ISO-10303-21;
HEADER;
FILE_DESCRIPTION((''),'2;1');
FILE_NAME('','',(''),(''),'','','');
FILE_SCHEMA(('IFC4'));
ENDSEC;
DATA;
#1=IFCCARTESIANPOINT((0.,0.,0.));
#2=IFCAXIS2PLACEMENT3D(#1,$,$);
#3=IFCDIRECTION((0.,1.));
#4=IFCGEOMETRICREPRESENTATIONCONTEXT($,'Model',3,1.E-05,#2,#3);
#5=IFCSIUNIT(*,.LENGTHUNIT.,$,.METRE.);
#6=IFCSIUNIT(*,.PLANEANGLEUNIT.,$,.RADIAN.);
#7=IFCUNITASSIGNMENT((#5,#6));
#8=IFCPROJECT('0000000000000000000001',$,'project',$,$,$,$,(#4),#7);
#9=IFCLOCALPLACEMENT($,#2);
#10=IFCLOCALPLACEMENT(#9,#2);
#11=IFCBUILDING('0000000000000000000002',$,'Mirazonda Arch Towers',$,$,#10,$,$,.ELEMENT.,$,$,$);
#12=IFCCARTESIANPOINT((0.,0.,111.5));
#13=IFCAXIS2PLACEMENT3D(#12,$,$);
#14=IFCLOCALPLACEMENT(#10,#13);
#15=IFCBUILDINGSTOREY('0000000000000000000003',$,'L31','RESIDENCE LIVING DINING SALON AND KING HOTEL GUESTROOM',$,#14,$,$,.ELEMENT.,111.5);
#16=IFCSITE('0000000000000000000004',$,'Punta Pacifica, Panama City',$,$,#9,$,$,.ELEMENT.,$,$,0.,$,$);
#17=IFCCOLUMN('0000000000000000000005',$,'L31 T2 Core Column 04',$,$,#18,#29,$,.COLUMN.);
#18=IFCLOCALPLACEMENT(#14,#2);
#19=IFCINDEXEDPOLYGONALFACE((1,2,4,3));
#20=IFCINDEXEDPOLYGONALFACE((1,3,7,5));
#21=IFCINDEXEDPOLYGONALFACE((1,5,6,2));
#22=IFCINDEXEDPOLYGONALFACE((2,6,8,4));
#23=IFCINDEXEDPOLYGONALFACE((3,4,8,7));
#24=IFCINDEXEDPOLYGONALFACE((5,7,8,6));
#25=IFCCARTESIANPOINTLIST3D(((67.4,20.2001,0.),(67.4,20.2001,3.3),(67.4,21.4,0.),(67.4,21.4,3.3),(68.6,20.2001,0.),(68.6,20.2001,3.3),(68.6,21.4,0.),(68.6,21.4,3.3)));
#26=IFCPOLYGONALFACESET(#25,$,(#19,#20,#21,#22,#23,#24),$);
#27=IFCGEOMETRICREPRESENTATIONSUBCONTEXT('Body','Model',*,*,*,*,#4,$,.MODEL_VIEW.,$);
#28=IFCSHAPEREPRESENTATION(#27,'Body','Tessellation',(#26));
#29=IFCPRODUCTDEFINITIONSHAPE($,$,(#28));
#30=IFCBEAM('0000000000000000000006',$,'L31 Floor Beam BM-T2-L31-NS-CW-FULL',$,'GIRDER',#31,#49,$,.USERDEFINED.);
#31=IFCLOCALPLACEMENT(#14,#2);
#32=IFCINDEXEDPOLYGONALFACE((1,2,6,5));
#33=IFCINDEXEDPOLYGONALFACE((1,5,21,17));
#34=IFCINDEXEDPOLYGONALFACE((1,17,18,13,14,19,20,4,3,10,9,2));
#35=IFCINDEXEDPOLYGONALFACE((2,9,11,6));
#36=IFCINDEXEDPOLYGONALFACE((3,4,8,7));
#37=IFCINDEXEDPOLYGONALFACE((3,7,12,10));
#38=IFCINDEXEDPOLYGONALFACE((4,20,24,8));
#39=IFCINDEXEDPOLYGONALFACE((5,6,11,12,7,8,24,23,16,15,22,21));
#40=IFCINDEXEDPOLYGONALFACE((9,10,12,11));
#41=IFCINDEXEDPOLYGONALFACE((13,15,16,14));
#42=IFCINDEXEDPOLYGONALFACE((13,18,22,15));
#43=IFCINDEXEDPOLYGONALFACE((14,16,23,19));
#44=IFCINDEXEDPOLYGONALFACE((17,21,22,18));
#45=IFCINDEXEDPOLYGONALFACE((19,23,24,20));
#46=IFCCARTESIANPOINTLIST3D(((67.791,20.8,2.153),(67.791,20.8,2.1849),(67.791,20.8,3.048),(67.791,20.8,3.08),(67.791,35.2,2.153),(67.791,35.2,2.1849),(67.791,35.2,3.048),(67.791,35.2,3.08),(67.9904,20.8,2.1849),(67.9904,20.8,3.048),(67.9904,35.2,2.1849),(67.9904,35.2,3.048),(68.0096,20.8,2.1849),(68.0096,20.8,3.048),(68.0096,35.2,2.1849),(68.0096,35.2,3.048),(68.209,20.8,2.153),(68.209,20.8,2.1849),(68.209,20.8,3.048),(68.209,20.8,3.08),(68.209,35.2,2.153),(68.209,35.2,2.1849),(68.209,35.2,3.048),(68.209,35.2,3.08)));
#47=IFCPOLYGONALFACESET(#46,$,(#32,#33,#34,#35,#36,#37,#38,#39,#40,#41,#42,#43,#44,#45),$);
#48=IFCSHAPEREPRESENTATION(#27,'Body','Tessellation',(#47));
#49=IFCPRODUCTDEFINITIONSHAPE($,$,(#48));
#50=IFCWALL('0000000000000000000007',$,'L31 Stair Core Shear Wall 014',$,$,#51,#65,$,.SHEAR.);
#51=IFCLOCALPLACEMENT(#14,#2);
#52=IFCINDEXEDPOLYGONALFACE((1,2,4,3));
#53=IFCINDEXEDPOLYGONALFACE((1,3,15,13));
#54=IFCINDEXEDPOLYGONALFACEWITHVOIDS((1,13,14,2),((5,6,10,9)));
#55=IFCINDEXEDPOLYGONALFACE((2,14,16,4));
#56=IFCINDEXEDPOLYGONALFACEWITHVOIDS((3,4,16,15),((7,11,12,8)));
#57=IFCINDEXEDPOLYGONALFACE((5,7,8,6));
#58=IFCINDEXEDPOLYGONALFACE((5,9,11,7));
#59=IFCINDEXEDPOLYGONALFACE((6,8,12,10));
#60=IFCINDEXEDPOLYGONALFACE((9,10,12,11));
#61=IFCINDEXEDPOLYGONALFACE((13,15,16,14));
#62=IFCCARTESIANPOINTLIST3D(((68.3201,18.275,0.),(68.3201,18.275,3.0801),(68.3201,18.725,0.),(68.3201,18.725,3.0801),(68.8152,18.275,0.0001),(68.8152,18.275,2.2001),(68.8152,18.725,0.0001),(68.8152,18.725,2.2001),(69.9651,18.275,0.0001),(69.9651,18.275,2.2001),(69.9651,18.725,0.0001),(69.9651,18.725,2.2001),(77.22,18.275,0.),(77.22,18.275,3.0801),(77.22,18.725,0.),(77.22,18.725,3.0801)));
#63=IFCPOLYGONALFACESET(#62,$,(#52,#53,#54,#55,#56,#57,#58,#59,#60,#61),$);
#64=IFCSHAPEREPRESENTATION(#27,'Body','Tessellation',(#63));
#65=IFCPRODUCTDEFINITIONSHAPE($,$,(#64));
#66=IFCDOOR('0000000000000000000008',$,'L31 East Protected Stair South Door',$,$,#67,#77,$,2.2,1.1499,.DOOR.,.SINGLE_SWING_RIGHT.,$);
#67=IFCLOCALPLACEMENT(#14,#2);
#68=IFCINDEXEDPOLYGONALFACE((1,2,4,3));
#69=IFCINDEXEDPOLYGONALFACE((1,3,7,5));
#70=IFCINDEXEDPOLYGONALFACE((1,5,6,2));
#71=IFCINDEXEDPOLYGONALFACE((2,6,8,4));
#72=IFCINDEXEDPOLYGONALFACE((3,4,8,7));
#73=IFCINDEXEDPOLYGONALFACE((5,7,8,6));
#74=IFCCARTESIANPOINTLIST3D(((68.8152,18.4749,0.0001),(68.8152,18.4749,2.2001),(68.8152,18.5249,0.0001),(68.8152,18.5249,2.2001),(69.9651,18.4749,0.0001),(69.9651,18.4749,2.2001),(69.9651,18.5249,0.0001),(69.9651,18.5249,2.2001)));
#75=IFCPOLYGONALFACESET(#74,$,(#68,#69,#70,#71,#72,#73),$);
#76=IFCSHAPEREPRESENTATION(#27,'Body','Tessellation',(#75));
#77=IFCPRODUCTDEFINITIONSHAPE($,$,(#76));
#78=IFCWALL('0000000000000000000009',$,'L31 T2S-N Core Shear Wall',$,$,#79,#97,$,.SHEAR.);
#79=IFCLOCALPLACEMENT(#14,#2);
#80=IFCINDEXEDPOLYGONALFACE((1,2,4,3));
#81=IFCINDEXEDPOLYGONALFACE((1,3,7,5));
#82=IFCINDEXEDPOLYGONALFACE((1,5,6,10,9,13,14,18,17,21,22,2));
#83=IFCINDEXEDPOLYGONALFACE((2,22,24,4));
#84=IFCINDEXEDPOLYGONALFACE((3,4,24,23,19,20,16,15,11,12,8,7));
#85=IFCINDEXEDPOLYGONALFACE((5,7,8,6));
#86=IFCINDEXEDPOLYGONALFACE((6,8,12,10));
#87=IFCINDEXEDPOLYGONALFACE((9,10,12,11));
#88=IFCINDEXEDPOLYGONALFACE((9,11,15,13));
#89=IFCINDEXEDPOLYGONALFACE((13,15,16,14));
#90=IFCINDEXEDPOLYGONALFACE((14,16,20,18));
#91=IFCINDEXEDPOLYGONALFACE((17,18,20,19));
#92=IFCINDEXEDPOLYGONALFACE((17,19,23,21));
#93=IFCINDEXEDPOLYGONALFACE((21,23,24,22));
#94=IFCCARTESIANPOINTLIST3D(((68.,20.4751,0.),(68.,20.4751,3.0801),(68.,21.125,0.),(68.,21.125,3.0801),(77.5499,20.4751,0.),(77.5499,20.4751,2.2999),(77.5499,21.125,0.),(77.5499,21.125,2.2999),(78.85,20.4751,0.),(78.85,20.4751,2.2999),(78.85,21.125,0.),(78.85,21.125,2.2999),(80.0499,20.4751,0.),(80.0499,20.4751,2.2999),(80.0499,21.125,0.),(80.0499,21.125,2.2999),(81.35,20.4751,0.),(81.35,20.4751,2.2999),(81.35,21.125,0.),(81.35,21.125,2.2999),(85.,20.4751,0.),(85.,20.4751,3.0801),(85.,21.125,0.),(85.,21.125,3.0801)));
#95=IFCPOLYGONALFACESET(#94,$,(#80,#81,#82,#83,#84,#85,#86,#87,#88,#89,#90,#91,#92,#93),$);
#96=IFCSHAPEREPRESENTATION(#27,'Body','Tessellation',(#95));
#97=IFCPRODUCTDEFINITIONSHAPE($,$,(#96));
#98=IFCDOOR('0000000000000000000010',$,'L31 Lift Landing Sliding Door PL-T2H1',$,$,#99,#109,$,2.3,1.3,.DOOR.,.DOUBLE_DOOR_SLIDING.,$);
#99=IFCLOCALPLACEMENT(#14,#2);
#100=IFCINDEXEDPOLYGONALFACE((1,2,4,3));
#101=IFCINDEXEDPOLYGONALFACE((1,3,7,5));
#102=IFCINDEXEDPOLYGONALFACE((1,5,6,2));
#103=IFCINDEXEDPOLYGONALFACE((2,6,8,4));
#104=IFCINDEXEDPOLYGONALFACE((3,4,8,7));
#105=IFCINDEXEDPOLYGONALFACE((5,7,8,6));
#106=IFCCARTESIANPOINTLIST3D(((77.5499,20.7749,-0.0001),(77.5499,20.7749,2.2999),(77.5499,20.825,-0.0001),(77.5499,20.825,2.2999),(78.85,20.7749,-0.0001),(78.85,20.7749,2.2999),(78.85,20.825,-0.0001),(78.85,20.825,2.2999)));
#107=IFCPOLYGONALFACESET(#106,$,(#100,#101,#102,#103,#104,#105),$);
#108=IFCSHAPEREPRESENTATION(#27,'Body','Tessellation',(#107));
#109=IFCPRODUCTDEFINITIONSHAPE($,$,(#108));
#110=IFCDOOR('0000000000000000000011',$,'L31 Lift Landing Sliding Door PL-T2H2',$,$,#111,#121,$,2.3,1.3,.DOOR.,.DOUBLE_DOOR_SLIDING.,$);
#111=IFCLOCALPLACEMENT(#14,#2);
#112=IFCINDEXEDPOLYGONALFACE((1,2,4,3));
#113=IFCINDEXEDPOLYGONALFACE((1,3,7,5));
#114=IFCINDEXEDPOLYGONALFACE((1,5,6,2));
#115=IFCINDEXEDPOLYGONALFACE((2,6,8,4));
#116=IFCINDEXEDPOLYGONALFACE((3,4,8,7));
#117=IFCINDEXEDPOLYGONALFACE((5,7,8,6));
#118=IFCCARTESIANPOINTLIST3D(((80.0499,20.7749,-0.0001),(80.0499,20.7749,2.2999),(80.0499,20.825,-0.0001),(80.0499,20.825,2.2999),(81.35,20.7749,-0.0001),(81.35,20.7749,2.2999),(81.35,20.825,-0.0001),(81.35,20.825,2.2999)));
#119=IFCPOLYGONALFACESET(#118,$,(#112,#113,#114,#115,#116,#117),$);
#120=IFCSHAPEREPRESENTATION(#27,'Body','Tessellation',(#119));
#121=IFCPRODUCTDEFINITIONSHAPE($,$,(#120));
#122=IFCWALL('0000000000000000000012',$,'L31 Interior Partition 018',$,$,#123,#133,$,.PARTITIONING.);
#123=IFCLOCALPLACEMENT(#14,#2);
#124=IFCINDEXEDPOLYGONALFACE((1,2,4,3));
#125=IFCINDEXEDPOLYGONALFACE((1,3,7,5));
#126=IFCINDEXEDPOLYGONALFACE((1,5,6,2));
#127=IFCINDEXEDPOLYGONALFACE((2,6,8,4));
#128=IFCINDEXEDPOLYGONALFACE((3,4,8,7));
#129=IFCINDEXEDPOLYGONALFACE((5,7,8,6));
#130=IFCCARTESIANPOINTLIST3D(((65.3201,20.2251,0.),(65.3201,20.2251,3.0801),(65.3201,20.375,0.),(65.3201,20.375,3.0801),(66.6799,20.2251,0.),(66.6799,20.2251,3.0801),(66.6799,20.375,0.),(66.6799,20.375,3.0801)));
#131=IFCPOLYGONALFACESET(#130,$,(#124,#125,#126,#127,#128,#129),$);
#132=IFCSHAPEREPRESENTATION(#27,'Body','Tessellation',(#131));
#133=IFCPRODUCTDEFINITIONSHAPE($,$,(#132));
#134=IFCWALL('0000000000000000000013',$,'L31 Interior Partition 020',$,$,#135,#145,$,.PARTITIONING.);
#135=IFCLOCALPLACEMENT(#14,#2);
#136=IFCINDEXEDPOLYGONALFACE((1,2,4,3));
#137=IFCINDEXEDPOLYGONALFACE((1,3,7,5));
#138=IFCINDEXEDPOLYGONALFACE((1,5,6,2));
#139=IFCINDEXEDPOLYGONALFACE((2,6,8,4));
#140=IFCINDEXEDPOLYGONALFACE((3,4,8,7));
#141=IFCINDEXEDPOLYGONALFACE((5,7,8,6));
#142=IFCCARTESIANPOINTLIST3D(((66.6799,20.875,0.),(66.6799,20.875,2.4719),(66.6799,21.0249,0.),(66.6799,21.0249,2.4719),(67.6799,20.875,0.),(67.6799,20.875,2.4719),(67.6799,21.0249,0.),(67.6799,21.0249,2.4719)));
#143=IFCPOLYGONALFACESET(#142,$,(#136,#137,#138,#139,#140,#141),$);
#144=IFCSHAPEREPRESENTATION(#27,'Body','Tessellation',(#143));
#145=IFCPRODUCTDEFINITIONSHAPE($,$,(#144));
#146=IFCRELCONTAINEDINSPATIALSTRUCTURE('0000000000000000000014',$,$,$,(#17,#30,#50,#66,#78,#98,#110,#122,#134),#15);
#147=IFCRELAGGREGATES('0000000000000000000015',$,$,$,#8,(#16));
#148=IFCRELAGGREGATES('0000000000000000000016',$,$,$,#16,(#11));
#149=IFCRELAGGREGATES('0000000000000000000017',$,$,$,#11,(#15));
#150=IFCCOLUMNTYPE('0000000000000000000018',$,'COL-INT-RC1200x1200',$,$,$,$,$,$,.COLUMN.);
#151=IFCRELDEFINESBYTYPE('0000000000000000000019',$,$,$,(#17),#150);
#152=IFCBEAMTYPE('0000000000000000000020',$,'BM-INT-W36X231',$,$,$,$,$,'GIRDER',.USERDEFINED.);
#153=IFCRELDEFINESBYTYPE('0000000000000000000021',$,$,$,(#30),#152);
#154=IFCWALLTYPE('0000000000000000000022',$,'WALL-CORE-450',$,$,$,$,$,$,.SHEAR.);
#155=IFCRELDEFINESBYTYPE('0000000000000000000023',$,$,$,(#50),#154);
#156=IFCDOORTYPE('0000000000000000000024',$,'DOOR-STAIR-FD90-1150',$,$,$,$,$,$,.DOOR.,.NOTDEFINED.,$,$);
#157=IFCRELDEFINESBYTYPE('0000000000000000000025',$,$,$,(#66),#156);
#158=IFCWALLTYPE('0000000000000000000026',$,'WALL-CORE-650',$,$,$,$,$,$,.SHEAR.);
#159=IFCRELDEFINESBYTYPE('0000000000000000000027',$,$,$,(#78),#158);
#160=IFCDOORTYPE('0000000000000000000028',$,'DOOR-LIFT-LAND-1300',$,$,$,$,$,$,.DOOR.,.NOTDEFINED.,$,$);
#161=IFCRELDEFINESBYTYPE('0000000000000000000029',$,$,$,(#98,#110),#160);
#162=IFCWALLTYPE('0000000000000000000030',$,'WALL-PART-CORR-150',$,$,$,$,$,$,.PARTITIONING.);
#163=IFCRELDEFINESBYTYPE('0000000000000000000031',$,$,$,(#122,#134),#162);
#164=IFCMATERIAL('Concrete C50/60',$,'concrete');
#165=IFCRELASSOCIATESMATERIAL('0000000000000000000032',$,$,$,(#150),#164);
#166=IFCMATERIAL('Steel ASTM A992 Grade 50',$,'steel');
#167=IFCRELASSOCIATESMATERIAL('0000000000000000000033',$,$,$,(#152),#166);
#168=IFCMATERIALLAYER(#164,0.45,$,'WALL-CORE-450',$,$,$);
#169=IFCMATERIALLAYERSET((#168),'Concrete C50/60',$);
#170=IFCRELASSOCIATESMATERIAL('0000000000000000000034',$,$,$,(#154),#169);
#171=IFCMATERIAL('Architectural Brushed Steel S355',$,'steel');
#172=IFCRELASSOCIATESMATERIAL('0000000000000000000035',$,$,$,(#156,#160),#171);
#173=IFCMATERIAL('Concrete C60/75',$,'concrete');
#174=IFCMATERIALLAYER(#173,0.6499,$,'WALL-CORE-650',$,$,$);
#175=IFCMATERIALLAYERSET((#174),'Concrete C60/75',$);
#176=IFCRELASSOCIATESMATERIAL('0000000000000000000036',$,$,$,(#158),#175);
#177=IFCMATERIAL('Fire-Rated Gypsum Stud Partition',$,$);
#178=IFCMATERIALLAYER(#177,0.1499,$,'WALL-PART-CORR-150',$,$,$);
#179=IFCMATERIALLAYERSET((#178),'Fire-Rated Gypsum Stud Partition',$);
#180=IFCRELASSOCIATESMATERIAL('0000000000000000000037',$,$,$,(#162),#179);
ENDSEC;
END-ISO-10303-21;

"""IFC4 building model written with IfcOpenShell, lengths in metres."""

from ifc_helpers import new_model, si_unit, direction, frame, frame_2d, origin, origin_2d, place, context, subcontext, project, spatial, rectangle, i_section, extrude, material, layer, layer_set, material_profile, profile_set, type_object, element, fill, save


model = new_model("IFC4")

# Units and contexts
model_context = context("Model", 3, precision=1e-05, world=origin(), true_north=direction((0.0, 1.0)))
body_context = subcontext(model_context, "Body", "Model", "MODEL_VIEW")
ifc_project = project(units=[si_unit("LENGTHUNIT", "METRE"), si_unit("PLANEANGLEUNIT", "RADIAN")], contexts=[model_context])

# Site, building, storey
site_placement = place(None, origin())
site = spatial("IfcSite", under=ifc_project, at=site_placement, Name="Punta Pacifica, Panama City", CompositionType="ELEMENT", RefElevation=0.0)
building_placement = place(site_placement, origin())
building = spatial("IfcBuilding", under=site, at=building_placement, Name="Mirazonda Arch Towers", CompositionType="ELEMENT")
storey_placement = place(building_placement, frame((0.0, 0.0, 111.5)))
storey = spatial("IfcBuildingStorey", under=building, at=storey_placement, Name="L31", Description="RESIDENCE LIVING DINING SALON AND KING HOTEL GUESTROOM", CompositionType="ELEMENT", Elevation=111.5)

# Column
ifc_material_1 = material(Name="Concrete C50/60", Category="concrete")
ifc_material_profile_1 = material_profile(ifc_material_1, rectangle(XDim=1.2, YDim=1.2, at=origin_2d()), Name="RC1200x1200")
ifc_profile_set_1 = profile_set([ifc_material_profile_1], Name="Concrete C50/60")
column_type = type_object("IfcColumnType", Name="COL-INT-RC1200x1200", PredefinedType="COLUMN", material=ifc_profile_set_1)
column_placement = place(storey_placement, frame((68.0, 20.8, 0.0), z_axis=(0.0, 0.0, 1.0), x_axis=(1.0, 0.0, 0.0)))
element("IfcColumn", 1, at=column_placement, inside=storey, type_object=column_type, Name="L31 T2 Core Column 04", PredefinedType="COLUMN", context=body_context, shape_type="SweptSolid", body=[
    extrude(rectangle(XDim=1.2, YDim=1.2, at=origin_2d()), origin(), (0.0, 0.0, 1.0), 3.3),
])

# Beam
ifc_material_2 = material(Name="Steel ASTM A992 Grade 50", Category="steel")
ifc_material_profile_2 = material_profile(ifc_material_2, i_section(OverallWidth=0.418, OverallDepth=0.927, WebThickness=0.0193, FlangeThickness=0.032, at=origin_2d()), Name="W36X231")
ifc_profile_set_2 = profile_set([ifc_material_profile_2], Name="Steel ASTM A992 Grade 50")
beam_type = type_object("IfcBeamType", Name="BM-INT-W36X231", ElementType="GIRDER", PredefinedType="USERDEFINED", material=ifc_profile_set_2)
beam_placement = place(storey_placement, frame((68.0, 20.8, 2.6165), z_axis=(0.0, 1.0, 0.0), x_axis=(-1.0, 0.0, 0.0)))
element("IfcBeam", 2, at=beam_placement, inside=storey, type_object=beam_type, Name="L31 Floor Beam BM-T2-L31-NS-CW-FULL", ObjectType="GIRDER", PredefinedType="USERDEFINED", context=body_context, shape_type="SweptSolid", body=[
    extrude(i_section(OverallWidth=0.418, OverallDepth=0.927, WebThickness=0.0193, FlangeThickness=0.032, at=origin_2d()), origin(), (0.0, 0.0, 1.0), 14.3999),
])

# Wall, opening, door
ifc_layer_1 = layer(ifc_material_1, 0.45, Name="WALL-CORE-450")
ifc_layer_set_1 = layer_set([ifc_layer_1], Name="Concrete C50/60")
wall_type_1 = type_object("IfcWallType", Name="WALL-CORE-450", PredefinedType="SHEAR", material=ifc_layer_set_1)
wall_1_placement = place(storey_placement, frame((68.3201, 18.5, 0.0), z_axis=(0.0, 0.0, 1.0), x_axis=(1.0, 0.0, 0.0)))
wall_1 = element("IfcWall", 3, at=wall_1_placement, inside=storey, type_object=wall_type_1, Name="L31 Stair Core Shear Wall 014", PredefinedType="SHEAR", context=body_context, shape_type="SweptSolid", body=[
    extrude(rectangle(XDim=8.8999, YDim=0.45, at=frame_2d((4.45, 0.0))), origin(), (0.0, 0.0, 1.0), 3.0801),
])
opening_1_placement = place(wall_1_placement, frame((0.4951, 0.0, 0.0)))
opening_1 = element("IfcOpeningElement", 4, at=opening_1_placement, cuts=wall_1, PredefinedType="OPENING", context=body_context, shape_type="SweptSolid", body=[
    extrude(rectangle(XDim=1.1499, YDim=2.2, at=frame_2d((0.575, 1.1001))), frame((0.0, 0.2349, 0.0), z_axis=(0.0, -1.0, 0.0), x_axis=(1.0, 0.0, 0.0)), (0.0, 0.0, 1.0), 0.47),
])
ifc_material_3 = material(Name="Architectural Brushed Steel S355", Category="steel")
door_type_1 = type_object("IfcDoorType", Name="DOOR-STAIR-FD90-1150", OperationType="NOTDEFINED", PredefinedType="DOOR", material=ifc_material_3)
door_1_placement = place(opening_1_placement, origin())
door_1 = element("IfcDoor", 5, at=door_1_placement, inside=storey, type_object=door_type_1, Name="L31 East Protected Stair South Door", OperationType="SINGLE_SWING_RIGHT", OverallHeight=2.2, OverallWidth=1.1499, PredefinedType="DOOR", context=body_context, shape_type="SweptSolid", body=[
    extrude(rectangle(XDim=1.1499, YDim=2.2, at=frame_2d((0.575, 1.1001))), frame((0.0, 0.0249, 0.0), z_axis=(0.0, -1.0, 0.0), x_axis=(1.0, 0.0, 0.0)), (0.0, 0.0, 1.0), 0.05),
])
fill(opening_1, door_1)

# Wall, openings, doors
ifc_material_4 = material(Name="Concrete C60/75", Category="concrete")
ifc_layer_2 = layer(ifc_material_4, 0.6499, Name="WALL-CORE-650")
ifc_layer_set_2 = layer_set([ifc_layer_2], Name="Concrete C60/75")
wall_type_2 = type_object("IfcWallType", Name="WALL-CORE-650", PredefinedType="SHEAR", material=ifc_layer_set_2)
wall_2_placement = place(storey_placement, frame((68.0, 20.8, 0.0), z_axis=(0.0, 0.0, 1.0), x_axis=(1.0, 0.0, 0.0)))
wall_2 = element("IfcWall", 6, at=wall_2_placement, inside=storey, type_object=wall_type_2, Name="L31 T2S-N Core Shear Wall", PredefinedType="SHEAR", context=body_context, shape_type="SweptSolid", body=[
    extrude(rectangle(XDim=17.0, YDim=0.6499, at=frame_2d((8.5, 0.0))), origin(), (0.0, 0.0, 1.0), 3.0801),
])
opening_2_placement = place(wall_2_placement, frame((9.55, 0.0, 0.0)))
opening_2 = element("IfcOpeningElement", 7, at=opening_2_placement, cuts=wall_2, PredefinedType="OPENING", context=body_context, shape_type="SweptSolid", body=[
    extrude(rectangle(XDim=1.3, YDim=2.3, at=frame_2d((0.6499, 1.1499))), frame((0.0, 0.335, 0.0), z_axis=(0.0, -1.0, 0.0), x_axis=(1.0, 0.0, 0.0)), (0.0, 0.0, 1.0), 0.6699),
])
opening_3_placement = place(wall_2_placement, frame((12.05, 0.0, 0.0)))
opening_3 = element("IfcOpeningElement", 8, at=opening_3_placement, cuts=wall_2, PredefinedType="OPENING", context=body_context, shape_type="SweptSolid", body=[
    extrude(rectangle(XDim=1.3, YDim=2.3, at=frame_2d((0.6499, 1.1499))), frame((0.0, 0.335, 0.0), z_axis=(0.0, -1.0, 0.0), x_axis=(1.0, 0.0, 0.0)), (0.0, 0.0, 1.0), 0.6699),
])
door_type_2 = type_object("IfcDoorType", Name="DOOR-LIFT-LAND-1300", OperationType="NOTDEFINED", PredefinedType="DOOR", material=ifc_material_3)
door_2_placement = place(opening_2_placement, origin())
door_2 = element("IfcDoor", 9, at=door_2_placement, inside=storey, type_object=door_type_2, Name="L31 Lift Landing Sliding Door PL-T2H1", OperationType="DOUBLE_DOOR_SLIDING", OverallHeight=2.3, OverallWidth=1.3, PredefinedType="DOOR", context=body_context, shape_type="SweptSolid", body=[
    extrude(rectangle(XDim=1.3, YDim=2.3, at=frame_2d((0.6499, 1.1499))), frame((0.0, 0.0249, 0.0), z_axis=(0.0, -1.0, 0.0), x_axis=(1.0, 0.0, 0.0)), (0.0, 0.0, 1.0), 0.05),
])
fill(opening_2, door_2)
door_3_placement = place(opening_3_placement, origin())
door_3 = element("IfcDoor", 10, at=door_3_placement, inside=storey, type_object=door_type_2, Name="L31 Lift Landing Sliding Door PL-T2H2", OperationType="DOUBLE_DOOR_SLIDING", OverallHeight=2.3, OverallWidth=1.3, PredefinedType="DOOR", context=body_context, shape_type="SweptSolid", body=[
    extrude(rectangle(XDim=1.3, YDim=2.3, at=frame_2d((0.6499, 1.1499))), frame((0.0, 0.0249, 0.0), z_axis=(0.0, -1.0, 0.0), x_axis=(1.0, 0.0, 0.0)), (0.0, 0.0, 1.0), 0.05),
])
fill(opening_3, door_3)

# Walls
ifc_material_5 = material(Name="Fire-Rated Gypsum Stud Partition")
ifc_layer_3 = layer(ifc_material_5, 0.1499, Name="WALL-PART-CORR-150")
ifc_layer_set_3 = layer_set([ifc_layer_3], Name="Fire-Rated Gypsum Stud Partition")
wall_type_3 = type_object("IfcWallType", Name="WALL-PART-CORR-150", PredefinedType="PARTITIONING", material=ifc_layer_set_3)
wall_3_placement = place(storey_placement, frame((65.3201, 20.3, 0.0), z_axis=(0.0, 0.0, 1.0), x_axis=(1.0, 0.0, 0.0)))
element("IfcWall", 11, at=wall_3_placement, inside=storey, type_object=wall_type_3, Name="L31 Interior Partition 018", PredefinedType="PARTITIONING", context=body_context, shape_type="SweptSolid", body=[
    extrude(rectangle(XDim=1.3599, YDim=0.1499, at=frame_2d((0.6799, 0.0))), origin(), (0.0, 0.0, 1.0), 3.0801),
])
wall_4_placement = place(storey_placement, frame((66.6799, 20.95, 0.0), z_axis=(0.0, 0.0, 1.0), x_axis=(1.0, 0.0, 0.0)))
element("IfcWall", 12, at=wall_4_placement, inside=storey, type_object=wall_type_3, Name="L31 Interior Partition 020", PredefinedType="PARTITIONING", context=body_context, shape_type="SweptSolid", body=[
    extrude(rectangle(XDim=1.0, YDim=0.1499, at=frame_2d((0.5, 0.0))), origin(), (0.0, 0.0, 1.0), 2.4719),
])

save(model, "model.ifc")
